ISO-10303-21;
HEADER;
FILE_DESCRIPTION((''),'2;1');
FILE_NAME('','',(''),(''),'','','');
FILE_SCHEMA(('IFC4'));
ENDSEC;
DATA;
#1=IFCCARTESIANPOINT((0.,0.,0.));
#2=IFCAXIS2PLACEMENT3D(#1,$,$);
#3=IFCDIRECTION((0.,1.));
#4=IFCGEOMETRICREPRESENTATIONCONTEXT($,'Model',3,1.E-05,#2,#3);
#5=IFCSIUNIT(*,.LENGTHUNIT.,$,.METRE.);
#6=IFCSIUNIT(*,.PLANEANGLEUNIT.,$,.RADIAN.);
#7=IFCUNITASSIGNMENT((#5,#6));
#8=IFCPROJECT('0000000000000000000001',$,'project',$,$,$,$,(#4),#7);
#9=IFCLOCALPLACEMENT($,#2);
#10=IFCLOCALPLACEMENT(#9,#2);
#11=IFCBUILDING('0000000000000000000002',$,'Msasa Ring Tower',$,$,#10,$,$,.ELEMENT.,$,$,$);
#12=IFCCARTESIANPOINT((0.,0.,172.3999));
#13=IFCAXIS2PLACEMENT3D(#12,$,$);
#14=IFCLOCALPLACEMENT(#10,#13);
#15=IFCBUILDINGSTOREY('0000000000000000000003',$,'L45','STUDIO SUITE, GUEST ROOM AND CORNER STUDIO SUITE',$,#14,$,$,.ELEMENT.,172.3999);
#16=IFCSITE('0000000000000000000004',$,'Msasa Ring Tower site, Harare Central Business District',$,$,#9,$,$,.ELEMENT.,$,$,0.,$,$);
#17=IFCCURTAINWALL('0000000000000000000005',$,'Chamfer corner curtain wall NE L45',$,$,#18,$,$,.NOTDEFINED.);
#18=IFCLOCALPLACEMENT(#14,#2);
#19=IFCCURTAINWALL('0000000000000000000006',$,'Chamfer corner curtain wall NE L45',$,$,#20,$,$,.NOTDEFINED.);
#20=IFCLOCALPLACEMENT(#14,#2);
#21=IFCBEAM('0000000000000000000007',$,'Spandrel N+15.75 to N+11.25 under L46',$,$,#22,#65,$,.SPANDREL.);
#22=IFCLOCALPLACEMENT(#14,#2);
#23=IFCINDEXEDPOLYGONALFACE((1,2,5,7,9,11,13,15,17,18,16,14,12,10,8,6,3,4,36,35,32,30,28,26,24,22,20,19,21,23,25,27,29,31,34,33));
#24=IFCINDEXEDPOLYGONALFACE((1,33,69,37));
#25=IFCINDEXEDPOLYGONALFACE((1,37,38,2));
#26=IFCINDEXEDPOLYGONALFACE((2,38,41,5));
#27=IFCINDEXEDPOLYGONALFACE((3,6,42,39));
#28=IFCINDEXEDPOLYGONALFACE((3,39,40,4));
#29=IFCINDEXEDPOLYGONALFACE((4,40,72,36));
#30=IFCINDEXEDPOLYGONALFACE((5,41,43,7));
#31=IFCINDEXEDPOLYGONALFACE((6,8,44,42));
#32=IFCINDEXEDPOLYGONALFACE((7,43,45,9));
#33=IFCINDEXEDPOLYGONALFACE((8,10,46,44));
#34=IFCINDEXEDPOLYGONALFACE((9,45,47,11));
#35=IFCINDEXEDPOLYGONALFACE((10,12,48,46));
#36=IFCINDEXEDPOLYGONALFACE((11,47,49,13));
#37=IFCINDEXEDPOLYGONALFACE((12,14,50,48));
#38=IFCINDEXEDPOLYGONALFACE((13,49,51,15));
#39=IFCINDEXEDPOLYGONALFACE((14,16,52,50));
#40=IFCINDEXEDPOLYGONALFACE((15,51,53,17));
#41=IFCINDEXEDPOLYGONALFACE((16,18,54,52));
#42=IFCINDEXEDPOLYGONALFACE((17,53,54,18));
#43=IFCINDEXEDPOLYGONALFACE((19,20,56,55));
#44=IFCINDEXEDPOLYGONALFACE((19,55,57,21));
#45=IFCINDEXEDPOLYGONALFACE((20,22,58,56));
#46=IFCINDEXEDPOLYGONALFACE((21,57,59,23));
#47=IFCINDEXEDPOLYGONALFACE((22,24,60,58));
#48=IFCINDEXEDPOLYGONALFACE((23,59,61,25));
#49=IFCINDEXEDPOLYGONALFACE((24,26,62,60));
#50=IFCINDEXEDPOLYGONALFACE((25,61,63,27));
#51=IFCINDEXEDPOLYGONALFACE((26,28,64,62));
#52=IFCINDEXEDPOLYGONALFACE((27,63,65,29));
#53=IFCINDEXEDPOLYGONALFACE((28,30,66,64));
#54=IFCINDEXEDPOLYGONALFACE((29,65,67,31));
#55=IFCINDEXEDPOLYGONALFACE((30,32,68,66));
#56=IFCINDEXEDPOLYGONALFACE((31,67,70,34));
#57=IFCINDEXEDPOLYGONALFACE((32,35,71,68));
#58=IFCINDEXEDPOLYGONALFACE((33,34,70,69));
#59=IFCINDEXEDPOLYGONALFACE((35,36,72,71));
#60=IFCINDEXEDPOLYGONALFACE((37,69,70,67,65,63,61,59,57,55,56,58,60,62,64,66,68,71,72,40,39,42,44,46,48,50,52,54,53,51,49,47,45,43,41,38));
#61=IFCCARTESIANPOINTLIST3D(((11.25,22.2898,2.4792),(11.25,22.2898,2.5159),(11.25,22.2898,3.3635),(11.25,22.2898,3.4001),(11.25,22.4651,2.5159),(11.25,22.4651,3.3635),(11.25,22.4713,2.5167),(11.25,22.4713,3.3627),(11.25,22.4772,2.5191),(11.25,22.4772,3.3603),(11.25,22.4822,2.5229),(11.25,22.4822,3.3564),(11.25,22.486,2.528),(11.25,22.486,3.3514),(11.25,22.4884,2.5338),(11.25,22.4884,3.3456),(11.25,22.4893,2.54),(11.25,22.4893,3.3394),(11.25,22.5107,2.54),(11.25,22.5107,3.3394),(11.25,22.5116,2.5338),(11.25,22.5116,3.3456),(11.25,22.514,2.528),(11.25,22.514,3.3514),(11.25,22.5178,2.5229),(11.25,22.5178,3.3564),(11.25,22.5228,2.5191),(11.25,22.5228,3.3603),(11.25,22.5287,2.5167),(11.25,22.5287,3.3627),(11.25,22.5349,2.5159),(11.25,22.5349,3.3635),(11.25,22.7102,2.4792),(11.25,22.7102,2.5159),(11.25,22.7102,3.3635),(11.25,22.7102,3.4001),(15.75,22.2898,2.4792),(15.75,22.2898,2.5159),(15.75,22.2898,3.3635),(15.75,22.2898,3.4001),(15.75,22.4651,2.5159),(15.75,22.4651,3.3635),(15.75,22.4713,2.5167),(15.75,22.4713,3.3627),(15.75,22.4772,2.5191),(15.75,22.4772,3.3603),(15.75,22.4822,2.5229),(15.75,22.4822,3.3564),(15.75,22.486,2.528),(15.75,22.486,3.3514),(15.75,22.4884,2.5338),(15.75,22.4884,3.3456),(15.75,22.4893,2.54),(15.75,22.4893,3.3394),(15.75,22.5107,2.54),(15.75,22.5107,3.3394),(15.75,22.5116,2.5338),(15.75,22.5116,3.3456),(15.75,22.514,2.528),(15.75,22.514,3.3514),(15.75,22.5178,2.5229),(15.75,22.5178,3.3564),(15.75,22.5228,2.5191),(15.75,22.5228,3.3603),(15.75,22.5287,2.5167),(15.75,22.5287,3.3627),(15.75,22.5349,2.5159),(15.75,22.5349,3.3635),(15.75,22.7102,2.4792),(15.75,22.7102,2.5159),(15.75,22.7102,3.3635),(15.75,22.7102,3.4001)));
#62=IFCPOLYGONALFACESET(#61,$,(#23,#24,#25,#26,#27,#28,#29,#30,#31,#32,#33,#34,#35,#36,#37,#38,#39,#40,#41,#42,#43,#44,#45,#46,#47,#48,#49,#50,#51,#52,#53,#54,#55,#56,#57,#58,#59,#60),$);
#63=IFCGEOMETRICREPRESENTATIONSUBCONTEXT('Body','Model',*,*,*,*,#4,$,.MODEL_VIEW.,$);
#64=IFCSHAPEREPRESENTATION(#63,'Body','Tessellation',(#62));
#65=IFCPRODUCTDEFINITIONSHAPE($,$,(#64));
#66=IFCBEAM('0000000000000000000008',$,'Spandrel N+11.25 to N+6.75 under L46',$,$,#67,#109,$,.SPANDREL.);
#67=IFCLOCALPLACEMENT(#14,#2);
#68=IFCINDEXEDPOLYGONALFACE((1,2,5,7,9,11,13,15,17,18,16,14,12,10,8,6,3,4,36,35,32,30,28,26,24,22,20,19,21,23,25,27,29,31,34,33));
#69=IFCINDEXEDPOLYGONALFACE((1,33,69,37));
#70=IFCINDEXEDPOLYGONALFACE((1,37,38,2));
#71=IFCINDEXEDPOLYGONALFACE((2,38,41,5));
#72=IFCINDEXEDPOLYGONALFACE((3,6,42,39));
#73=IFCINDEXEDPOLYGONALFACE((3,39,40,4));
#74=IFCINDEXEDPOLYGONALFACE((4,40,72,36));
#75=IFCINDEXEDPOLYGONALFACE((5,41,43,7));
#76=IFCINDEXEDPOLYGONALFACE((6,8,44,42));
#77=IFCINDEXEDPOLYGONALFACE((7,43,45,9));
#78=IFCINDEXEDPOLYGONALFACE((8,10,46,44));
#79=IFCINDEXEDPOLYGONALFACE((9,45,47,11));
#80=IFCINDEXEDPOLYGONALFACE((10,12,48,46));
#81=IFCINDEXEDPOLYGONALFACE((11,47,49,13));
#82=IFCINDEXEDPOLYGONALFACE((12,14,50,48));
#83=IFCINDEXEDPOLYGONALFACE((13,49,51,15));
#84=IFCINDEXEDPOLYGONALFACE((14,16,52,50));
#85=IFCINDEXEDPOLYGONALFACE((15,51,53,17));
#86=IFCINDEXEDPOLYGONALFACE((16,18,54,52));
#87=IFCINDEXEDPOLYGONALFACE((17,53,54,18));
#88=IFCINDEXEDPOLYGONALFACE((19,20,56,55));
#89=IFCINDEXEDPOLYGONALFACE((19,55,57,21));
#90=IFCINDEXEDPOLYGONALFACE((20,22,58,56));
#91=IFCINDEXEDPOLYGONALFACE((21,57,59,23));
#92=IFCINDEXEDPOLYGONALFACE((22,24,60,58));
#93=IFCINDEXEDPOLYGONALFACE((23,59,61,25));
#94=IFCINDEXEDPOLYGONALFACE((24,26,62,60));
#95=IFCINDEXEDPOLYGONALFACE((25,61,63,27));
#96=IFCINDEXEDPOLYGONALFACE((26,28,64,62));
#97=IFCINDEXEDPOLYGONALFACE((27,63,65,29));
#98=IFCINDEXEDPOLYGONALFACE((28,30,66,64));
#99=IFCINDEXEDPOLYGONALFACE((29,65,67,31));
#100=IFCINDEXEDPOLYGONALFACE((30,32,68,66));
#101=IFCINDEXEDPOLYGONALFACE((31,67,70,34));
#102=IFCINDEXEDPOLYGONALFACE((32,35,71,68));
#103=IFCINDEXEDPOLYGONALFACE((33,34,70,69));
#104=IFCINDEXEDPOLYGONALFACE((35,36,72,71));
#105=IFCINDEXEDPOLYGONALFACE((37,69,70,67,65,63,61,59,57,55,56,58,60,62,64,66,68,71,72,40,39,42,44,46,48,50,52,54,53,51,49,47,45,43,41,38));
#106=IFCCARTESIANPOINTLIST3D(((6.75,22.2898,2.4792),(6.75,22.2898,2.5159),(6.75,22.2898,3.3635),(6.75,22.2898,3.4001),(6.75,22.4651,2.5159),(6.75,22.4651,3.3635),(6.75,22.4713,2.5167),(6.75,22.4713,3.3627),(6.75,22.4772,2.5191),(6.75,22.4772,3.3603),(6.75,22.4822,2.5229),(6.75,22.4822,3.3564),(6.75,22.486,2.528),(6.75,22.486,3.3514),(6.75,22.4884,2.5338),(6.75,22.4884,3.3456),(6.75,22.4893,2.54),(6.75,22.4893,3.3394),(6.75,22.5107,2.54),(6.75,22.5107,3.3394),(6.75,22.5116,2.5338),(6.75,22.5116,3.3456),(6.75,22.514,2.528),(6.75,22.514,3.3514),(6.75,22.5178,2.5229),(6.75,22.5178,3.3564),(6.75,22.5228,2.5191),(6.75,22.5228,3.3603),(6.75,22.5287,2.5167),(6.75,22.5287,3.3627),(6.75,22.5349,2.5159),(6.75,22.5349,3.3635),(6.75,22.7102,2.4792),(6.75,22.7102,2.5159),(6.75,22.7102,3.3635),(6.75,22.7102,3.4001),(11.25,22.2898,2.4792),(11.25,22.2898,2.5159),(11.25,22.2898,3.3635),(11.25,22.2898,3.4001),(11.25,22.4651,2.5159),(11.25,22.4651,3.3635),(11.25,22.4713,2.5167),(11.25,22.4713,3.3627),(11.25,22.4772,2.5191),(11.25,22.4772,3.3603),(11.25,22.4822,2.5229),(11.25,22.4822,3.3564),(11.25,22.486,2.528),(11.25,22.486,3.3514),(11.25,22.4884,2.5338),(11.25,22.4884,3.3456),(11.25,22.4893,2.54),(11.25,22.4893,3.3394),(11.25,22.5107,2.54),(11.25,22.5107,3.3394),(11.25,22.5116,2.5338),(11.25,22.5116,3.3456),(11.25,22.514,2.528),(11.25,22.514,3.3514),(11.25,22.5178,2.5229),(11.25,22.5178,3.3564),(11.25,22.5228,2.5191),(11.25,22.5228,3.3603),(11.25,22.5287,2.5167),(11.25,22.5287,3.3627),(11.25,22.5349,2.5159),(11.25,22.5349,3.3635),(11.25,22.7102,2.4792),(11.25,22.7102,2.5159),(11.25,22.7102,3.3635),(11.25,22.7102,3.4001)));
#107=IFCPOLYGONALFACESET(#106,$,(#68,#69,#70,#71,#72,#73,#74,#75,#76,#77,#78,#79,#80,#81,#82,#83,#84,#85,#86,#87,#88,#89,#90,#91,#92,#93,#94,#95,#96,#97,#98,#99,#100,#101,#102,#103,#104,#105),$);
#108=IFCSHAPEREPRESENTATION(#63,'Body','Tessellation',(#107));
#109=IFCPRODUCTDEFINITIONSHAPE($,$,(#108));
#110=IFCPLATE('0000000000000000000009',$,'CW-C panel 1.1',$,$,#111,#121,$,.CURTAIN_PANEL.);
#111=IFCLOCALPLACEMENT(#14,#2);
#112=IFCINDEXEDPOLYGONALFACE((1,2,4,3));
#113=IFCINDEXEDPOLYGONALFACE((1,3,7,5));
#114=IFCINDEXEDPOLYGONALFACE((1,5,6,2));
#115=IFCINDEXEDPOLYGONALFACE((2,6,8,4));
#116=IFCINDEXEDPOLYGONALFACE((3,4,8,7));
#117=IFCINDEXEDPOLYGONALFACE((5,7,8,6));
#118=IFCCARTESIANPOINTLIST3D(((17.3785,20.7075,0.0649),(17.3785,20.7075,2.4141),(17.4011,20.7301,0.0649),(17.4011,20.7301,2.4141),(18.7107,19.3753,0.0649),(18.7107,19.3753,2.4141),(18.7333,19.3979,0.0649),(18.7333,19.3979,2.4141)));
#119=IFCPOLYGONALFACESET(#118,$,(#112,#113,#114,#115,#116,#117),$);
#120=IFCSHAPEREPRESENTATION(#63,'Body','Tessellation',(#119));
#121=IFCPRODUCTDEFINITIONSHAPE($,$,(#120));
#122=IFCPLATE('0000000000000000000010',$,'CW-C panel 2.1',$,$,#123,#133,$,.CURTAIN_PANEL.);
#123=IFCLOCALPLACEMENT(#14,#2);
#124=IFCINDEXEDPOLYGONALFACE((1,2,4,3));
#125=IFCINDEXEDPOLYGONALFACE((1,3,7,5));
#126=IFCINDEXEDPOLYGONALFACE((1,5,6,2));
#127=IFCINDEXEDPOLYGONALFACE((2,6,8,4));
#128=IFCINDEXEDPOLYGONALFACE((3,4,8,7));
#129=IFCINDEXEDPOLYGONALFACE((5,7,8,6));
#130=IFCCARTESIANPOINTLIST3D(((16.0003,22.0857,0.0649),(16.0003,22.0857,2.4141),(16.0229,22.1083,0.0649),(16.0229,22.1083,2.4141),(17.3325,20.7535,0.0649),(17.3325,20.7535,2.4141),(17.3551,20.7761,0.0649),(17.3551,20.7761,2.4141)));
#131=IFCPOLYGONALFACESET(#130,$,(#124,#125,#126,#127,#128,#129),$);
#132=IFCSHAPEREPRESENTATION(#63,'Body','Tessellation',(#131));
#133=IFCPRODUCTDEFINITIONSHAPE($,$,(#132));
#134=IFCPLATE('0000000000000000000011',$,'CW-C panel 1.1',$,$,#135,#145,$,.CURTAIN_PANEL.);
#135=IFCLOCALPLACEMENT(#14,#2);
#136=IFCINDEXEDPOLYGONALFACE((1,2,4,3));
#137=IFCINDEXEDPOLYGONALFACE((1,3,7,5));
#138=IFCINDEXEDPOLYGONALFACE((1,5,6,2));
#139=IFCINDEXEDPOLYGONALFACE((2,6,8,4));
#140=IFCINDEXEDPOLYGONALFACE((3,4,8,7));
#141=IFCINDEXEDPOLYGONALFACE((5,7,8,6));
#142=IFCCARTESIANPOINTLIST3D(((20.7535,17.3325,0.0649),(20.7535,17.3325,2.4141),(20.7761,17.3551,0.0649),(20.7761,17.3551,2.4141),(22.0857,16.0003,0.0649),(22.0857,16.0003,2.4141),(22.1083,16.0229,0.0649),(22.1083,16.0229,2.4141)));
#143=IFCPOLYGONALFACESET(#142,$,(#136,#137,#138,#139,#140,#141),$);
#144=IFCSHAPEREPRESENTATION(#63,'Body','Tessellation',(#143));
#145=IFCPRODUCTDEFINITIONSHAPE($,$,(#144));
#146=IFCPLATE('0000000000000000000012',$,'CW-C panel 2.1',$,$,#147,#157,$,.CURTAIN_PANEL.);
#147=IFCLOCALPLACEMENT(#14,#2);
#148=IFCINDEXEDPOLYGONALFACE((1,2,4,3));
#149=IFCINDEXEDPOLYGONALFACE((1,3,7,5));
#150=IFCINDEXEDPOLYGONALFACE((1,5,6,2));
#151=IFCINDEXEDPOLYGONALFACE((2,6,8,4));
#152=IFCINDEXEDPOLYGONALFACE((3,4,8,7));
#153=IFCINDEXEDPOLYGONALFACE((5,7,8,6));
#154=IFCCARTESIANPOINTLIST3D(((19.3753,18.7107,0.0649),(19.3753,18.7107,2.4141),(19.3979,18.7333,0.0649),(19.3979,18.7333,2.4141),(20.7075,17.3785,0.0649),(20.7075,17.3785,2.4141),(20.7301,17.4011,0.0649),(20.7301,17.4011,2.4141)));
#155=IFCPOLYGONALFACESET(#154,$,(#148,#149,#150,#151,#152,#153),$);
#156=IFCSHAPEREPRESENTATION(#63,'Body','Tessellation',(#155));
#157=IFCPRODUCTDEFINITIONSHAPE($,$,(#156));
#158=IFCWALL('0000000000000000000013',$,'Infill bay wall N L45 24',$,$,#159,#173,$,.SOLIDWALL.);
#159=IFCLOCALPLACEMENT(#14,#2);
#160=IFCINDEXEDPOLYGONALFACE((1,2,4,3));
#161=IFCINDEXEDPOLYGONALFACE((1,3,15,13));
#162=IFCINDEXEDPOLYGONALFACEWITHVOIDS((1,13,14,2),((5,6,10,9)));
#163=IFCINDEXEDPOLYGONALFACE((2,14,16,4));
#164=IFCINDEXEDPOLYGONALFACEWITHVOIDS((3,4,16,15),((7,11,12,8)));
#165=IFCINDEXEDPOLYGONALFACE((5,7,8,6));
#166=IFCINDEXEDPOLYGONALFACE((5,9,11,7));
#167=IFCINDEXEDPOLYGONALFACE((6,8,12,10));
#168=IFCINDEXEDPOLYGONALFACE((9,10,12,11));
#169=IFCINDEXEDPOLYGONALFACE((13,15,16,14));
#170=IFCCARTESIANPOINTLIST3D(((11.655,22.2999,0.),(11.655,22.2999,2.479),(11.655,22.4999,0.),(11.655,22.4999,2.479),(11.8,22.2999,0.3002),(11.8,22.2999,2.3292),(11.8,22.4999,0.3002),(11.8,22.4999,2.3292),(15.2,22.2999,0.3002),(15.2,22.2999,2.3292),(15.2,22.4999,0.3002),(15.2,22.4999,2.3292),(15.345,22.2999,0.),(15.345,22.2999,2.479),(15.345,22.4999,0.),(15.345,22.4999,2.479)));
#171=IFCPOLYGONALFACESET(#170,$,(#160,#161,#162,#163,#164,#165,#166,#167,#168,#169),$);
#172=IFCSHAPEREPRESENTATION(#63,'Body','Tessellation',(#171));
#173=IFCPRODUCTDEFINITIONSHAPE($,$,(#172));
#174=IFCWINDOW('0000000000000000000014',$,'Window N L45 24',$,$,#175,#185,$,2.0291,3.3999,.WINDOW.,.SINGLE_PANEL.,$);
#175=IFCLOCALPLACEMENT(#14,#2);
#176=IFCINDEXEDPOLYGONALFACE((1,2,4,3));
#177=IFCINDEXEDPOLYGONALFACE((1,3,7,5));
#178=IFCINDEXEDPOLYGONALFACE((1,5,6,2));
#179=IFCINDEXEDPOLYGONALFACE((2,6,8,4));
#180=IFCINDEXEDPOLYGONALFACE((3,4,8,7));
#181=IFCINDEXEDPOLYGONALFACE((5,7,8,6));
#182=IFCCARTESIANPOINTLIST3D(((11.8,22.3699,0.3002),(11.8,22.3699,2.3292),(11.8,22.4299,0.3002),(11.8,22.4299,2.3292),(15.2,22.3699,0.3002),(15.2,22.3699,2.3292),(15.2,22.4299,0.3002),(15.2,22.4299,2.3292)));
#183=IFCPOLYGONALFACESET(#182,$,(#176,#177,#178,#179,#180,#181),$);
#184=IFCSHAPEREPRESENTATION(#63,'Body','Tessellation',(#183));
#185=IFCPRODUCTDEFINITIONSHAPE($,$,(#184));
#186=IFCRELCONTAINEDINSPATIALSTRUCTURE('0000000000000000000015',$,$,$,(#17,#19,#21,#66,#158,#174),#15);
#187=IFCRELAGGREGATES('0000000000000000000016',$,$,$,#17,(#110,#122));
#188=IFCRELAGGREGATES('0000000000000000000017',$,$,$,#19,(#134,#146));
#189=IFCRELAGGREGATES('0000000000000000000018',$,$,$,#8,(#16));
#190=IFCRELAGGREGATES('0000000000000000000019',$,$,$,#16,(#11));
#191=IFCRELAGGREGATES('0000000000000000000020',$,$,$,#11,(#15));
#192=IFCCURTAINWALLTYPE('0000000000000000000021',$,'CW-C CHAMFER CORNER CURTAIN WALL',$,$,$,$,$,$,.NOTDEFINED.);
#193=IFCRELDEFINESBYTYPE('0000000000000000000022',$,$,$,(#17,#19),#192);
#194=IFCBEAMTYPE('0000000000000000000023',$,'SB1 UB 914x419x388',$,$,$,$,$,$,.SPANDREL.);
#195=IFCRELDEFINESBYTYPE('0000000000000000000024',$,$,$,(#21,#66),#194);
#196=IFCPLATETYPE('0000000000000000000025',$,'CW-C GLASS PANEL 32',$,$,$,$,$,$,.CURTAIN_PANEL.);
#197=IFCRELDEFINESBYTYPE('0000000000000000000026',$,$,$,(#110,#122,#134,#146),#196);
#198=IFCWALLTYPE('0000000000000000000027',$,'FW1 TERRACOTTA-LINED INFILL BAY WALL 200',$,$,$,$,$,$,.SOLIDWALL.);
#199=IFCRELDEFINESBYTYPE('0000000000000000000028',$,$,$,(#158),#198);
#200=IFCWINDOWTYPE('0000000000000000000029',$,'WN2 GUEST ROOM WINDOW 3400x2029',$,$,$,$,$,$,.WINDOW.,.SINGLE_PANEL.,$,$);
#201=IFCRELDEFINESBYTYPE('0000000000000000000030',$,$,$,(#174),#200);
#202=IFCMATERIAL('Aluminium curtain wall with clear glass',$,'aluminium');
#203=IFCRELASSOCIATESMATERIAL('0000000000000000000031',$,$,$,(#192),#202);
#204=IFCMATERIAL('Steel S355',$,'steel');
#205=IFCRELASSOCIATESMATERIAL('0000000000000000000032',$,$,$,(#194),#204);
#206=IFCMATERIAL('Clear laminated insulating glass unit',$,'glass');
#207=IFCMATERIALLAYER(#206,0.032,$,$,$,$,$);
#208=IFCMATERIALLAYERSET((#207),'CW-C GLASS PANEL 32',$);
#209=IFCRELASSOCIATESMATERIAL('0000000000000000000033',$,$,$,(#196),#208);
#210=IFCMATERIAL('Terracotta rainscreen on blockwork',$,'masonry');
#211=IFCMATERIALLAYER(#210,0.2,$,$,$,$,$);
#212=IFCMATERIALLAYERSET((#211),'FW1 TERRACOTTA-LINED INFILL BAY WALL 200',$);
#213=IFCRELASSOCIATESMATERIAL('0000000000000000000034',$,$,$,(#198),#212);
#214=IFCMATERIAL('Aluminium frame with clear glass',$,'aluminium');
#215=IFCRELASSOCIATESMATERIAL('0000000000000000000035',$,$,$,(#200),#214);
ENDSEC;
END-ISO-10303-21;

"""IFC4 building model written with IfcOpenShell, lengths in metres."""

from ifc_helpers import new_model, si_unit, direction, frame, frame_2d, origin, origin_2d, place, context, subcontext, project, spatial, rectangle, i_section, extrude, material, layer, layer_set, material_profile, profile_set, type_object, element, fill, aggregate, save


model = new_model("IFC4")

# Units and contexts
model_context = context("Model", 3, precision=1e-05, world=origin(), true_north=direction((0.0, 1.0)))
body_context = subcontext(model_context, "Body", "Model", "MODEL_VIEW")
ifc_project = project(units=[si_unit("LENGTHUNIT", "METRE"), si_unit("PLANEANGLEUNIT", "RADIAN")], contexts=[model_context])

# Site, building, storey
site_placement = place(None, origin())
site = spatial("IfcSite", under=ifc_project, at=site_placement, Name="Msasa Ring Tower site, Harare Central Business District", CompositionType="ELEMENT", RefElevation=0.0)
building_placement = place(site_placement, origin())
building = spatial("IfcBuilding", under=site, at=building_placement, Name="Msasa Ring Tower", CompositionType="ELEMENT")
storey_placement = place(building_placement, frame((0.0, 0.0, 172.3999)))
storey = spatial("IfcBuildingStorey", under=building, at=storey_placement, Name="L45", Description="STUDIO SUITE, GUEST ROOM AND CORNER STUDIO SUITE", CompositionType="ELEMENT", Elevation=172.3999)

# Curtain walls
ifc_material_1 = material(Name="Aluminium curtain wall with clear glass", Category="aluminium")
curtain_wall_type = type_object("IfcCurtainWallType", Name="CW-C CHAMFER CORNER CURTAIN WALL", PredefinedType="NOTDEFINED", material=ifc_material_1)
curtain_wall_1_placement = place(storey_placement, origin())
curtain_wall_1 = element("IfcCurtainWall", 1, at=curtain_wall_1_placement, inside=storey, type_object=curtain_wall_type, Name="Chamfer corner curtain wall NE L45", PredefinedType="NOTDEFINED")
curtain_wall_2_placement = place(storey_placement, origin())
curtain_wall_2 = element("IfcCurtainWall", 2, at=curtain_wall_2_placement, inside=storey, type_object=curtain_wall_type, Name="Chamfer corner curtain wall NE L45", PredefinedType="NOTDEFINED")

# Beams
ifc_material_2 = material(Name="Steel S355", Category="steel")
ifc_material_profile_1 = material_profile(ifc_material_2, i_section(OverallWidth=0.4204, OverallDepth=0.9209, WebThickness=0.0215, FlangeThickness=0.0366, FilletRadius=0.0242, at=origin_2d()), Name="UB 914x419x388")
ifc_profile_set_1 = profile_set([ifc_material_profile_1], Name="Steel S355")
beam_type_1 = type_object("IfcBeamType", Name="SB1 UB 914x419x388", PredefinedType="SPANDREL", material=ifc_profile_set_1)
for number, where, z_axis, x_axis, name in (
    (3, (15.75, 22.5, 2.9397), (-1.0, 0.0, 0.0), (0.0, -1.0, 0.0), "Spandrel N+15.75 to N+11.25 under L46"),
    (4, (11.25, 22.5, 2.9397), (-1.0, 0.0, 0.0), (0.0, -1.0, 0.0), "Spandrel N+11.25 to N+6.75 under L46"),
):
    element("IfcBeam", number, at=place(storey_placement, frame(where, z_axis=z_axis, x_axis=x_axis)), inside=storey, type_object=beam_type_1, Name=name, PredefinedType="SPANDREL", context=body_context, shape_type="SweptSolid", body=[
        extrude(i_section(OverallWidth=0.4204, OverallDepth=0.9209, WebThickness=0.0215, FlangeThickness=0.0366, FilletRadius=0.0242, at=origin_2d()), origin(), (0.0, 0.0, 1.0), 4.5),
    ])

# Plates
ifc_material_3 = material(Name="Clear laminated insulating glass unit", Category="glass")
ifc_layer_1 = layer(ifc_material_3, 0.032)
ifc_layer_set_1 = layer_set([ifc_layer_1], Name="CW-C GLASS PANEL 32")
plate_type = type_object("IfcPlateType", Name="CW-C GLASS PANEL 32", PredefinedType="CURTAIN_PANEL", material=ifc_layer_set_1)
plate_1_placement = place(storey_placement, frame((18.0559, 20.0527, 0.0649), z_axis=(0.0, 0.0, 1.0), x_axis=(-0.707107, 0.707107, 0.0)))
plate_1 = element("IfcPlate", 5, at=plate_1_placement, type_object=plate_type, Name="CW-C panel 1.1", PredefinedType="CURTAIN_PANEL", context=body_context, shape_type="SweptSolid", body=[
    extrude(rectangle(XDim=1.884, YDim=0.032, at=origin_2d()), origin(), (0.0, 0.0, 1.0), 2.3491),
])
plate_2_placement = place(storey_placement, frame((16.6777, 21.4309, 0.0649), z_axis=(0.0, 0.0, 1.0), x_axis=(-0.707107, 0.707107, 0.0)))
plate_2 = element("IfcPlate", 6, at=plate_2_placement, type_object=plate_type, Name="CW-C panel 2.1", PredefinedType="CURTAIN_PANEL", context=body_context, shape_type="SweptSolid", body=[
    extrude(rectangle(XDim=1.884, YDim=0.032, at=origin_2d()), origin(), (0.0, 0.0, 1.0), 2.3491),
])
aggregate(curtain_wall_1, [plate_1, plate_2])
plate_3_placement = place(storey_placement, frame((21.4309, 16.6777, 0.0649), z_axis=(0.0, 0.0, 1.0), x_axis=(-0.707107, 0.707107, 0.0)))
plate_3 = element("IfcPlate", 7, at=plate_3_placement, type_object=plate_type, Name="CW-C panel 1.1", PredefinedType="CURTAIN_PANEL", context=body_context, shape_type="SweptSolid", body=[
    extrude(rectangle(XDim=1.884, YDim=0.032, at=origin_2d()), origin(), (0.0, 0.0, 1.0), 2.3491),
])
plate_4_placement = place(storey_placement, frame((20.0527, 18.0559, 0.0649), z_axis=(0.0, 0.0, 1.0), x_axis=(-0.707107, 0.707107, 0.0)))
plate_4 = element("IfcPlate", 8, at=plate_4_placement, type_object=plate_type, Name="CW-C panel 2.1", PredefinedType="CURTAIN_PANEL", context=body_context, shape_type="SweptSolid", body=[
    extrude(rectangle(XDim=1.884, YDim=0.032, at=origin_2d()), origin(), (0.0, 0.0, 1.0), 2.3491),
])
aggregate(curtain_wall_2, [plate_3, plate_4])

# Wall, opening, window
ifc_material_4 = material(Name="Terracotta rainscreen on blockwork", Category="masonry")
ifc_layer_2 = layer(ifc_material_4, 0.2)
ifc_layer_set_2 = layer_set([ifc_layer_2], Name="FW1 TERRACOTTA-LINED INFILL BAY WALL 200")
wall_type = type_object("IfcWallType", Name="FW1 TERRACOTTA-LINED INFILL BAY WALL 200", PredefinedType="SOLIDWALL", material=ifc_layer_set_2)
wall_placement = place(storey_placement, frame((11.655, 22.3999, 0.0), z_axis=(0.0, 0.0, 1.0), x_axis=(1.0, 0.0, 0.0)))
wall = element("IfcWall", 9, at=wall_placement, inside=storey, type_object=wall_type, Name="Infill bay wall N L45 24", PredefinedType="SOLIDWALL", context=body_context, shape_type="SweptSolid", body=[
    extrude(rectangle(XDim=3.6899, YDim=0.2, at=frame_2d((1.845, 0.0))), origin(), (0.0, 0.0, 1.0), 2.479),
])
opening_placement = place(wall_placement, frame((0.145, 0.0, 0.3)))
opening = element("IfcOpeningElement", 10, at=opening_placement, cuts=wall, PredefinedType="OPENING", context=body_context, shape_type="SweptSolid", body=[
    extrude(rectangle(XDim=3.3999, YDim=2.0291, at=frame_2d((1.7, 1.0146))), frame((0.0, 0.1099, 0.0), z_axis=(0.0, -1.0, 0.0), x_axis=(1.0, 0.0, 0.0)), (0.0, 0.0, 1.0), 0.22),
])
ifc_material_5 = material(Name="Aluminium frame with clear glass", Category="aluminium")
window_type = type_object("IfcWindowType", Name="WN2 GUEST ROOM WINDOW 3400x2029", PartitioningType="SINGLE_PANEL", PredefinedType="WINDOW", material=ifc_material_5)
window_placement = place(opening_placement, origin())
window = element("IfcWindow", 11, at=window_placement, inside=storey, type_object=window_type, Name="Window N L45 24", OverallHeight=2.0291, OverallWidth=3.3999, PartitioningType="SINGLE_PANEL", PredefinedType="WINDOW", context=body_context, shape_type="SweptSolid", body=[
    extrude(rectangle(XDim=3.3999, YDim=2.0291, at=frame_2d((1.7, 1.0146))), frame((0.0, 0.03, 0.0), z_axis=(0.0, -1.0, 0.0), x_axis=(1.0, 0.0, 0.0)), (0.0, 0.0, 1.0), 0.0601),
])
fill(opening, window)

save(model, "model.ifc")
